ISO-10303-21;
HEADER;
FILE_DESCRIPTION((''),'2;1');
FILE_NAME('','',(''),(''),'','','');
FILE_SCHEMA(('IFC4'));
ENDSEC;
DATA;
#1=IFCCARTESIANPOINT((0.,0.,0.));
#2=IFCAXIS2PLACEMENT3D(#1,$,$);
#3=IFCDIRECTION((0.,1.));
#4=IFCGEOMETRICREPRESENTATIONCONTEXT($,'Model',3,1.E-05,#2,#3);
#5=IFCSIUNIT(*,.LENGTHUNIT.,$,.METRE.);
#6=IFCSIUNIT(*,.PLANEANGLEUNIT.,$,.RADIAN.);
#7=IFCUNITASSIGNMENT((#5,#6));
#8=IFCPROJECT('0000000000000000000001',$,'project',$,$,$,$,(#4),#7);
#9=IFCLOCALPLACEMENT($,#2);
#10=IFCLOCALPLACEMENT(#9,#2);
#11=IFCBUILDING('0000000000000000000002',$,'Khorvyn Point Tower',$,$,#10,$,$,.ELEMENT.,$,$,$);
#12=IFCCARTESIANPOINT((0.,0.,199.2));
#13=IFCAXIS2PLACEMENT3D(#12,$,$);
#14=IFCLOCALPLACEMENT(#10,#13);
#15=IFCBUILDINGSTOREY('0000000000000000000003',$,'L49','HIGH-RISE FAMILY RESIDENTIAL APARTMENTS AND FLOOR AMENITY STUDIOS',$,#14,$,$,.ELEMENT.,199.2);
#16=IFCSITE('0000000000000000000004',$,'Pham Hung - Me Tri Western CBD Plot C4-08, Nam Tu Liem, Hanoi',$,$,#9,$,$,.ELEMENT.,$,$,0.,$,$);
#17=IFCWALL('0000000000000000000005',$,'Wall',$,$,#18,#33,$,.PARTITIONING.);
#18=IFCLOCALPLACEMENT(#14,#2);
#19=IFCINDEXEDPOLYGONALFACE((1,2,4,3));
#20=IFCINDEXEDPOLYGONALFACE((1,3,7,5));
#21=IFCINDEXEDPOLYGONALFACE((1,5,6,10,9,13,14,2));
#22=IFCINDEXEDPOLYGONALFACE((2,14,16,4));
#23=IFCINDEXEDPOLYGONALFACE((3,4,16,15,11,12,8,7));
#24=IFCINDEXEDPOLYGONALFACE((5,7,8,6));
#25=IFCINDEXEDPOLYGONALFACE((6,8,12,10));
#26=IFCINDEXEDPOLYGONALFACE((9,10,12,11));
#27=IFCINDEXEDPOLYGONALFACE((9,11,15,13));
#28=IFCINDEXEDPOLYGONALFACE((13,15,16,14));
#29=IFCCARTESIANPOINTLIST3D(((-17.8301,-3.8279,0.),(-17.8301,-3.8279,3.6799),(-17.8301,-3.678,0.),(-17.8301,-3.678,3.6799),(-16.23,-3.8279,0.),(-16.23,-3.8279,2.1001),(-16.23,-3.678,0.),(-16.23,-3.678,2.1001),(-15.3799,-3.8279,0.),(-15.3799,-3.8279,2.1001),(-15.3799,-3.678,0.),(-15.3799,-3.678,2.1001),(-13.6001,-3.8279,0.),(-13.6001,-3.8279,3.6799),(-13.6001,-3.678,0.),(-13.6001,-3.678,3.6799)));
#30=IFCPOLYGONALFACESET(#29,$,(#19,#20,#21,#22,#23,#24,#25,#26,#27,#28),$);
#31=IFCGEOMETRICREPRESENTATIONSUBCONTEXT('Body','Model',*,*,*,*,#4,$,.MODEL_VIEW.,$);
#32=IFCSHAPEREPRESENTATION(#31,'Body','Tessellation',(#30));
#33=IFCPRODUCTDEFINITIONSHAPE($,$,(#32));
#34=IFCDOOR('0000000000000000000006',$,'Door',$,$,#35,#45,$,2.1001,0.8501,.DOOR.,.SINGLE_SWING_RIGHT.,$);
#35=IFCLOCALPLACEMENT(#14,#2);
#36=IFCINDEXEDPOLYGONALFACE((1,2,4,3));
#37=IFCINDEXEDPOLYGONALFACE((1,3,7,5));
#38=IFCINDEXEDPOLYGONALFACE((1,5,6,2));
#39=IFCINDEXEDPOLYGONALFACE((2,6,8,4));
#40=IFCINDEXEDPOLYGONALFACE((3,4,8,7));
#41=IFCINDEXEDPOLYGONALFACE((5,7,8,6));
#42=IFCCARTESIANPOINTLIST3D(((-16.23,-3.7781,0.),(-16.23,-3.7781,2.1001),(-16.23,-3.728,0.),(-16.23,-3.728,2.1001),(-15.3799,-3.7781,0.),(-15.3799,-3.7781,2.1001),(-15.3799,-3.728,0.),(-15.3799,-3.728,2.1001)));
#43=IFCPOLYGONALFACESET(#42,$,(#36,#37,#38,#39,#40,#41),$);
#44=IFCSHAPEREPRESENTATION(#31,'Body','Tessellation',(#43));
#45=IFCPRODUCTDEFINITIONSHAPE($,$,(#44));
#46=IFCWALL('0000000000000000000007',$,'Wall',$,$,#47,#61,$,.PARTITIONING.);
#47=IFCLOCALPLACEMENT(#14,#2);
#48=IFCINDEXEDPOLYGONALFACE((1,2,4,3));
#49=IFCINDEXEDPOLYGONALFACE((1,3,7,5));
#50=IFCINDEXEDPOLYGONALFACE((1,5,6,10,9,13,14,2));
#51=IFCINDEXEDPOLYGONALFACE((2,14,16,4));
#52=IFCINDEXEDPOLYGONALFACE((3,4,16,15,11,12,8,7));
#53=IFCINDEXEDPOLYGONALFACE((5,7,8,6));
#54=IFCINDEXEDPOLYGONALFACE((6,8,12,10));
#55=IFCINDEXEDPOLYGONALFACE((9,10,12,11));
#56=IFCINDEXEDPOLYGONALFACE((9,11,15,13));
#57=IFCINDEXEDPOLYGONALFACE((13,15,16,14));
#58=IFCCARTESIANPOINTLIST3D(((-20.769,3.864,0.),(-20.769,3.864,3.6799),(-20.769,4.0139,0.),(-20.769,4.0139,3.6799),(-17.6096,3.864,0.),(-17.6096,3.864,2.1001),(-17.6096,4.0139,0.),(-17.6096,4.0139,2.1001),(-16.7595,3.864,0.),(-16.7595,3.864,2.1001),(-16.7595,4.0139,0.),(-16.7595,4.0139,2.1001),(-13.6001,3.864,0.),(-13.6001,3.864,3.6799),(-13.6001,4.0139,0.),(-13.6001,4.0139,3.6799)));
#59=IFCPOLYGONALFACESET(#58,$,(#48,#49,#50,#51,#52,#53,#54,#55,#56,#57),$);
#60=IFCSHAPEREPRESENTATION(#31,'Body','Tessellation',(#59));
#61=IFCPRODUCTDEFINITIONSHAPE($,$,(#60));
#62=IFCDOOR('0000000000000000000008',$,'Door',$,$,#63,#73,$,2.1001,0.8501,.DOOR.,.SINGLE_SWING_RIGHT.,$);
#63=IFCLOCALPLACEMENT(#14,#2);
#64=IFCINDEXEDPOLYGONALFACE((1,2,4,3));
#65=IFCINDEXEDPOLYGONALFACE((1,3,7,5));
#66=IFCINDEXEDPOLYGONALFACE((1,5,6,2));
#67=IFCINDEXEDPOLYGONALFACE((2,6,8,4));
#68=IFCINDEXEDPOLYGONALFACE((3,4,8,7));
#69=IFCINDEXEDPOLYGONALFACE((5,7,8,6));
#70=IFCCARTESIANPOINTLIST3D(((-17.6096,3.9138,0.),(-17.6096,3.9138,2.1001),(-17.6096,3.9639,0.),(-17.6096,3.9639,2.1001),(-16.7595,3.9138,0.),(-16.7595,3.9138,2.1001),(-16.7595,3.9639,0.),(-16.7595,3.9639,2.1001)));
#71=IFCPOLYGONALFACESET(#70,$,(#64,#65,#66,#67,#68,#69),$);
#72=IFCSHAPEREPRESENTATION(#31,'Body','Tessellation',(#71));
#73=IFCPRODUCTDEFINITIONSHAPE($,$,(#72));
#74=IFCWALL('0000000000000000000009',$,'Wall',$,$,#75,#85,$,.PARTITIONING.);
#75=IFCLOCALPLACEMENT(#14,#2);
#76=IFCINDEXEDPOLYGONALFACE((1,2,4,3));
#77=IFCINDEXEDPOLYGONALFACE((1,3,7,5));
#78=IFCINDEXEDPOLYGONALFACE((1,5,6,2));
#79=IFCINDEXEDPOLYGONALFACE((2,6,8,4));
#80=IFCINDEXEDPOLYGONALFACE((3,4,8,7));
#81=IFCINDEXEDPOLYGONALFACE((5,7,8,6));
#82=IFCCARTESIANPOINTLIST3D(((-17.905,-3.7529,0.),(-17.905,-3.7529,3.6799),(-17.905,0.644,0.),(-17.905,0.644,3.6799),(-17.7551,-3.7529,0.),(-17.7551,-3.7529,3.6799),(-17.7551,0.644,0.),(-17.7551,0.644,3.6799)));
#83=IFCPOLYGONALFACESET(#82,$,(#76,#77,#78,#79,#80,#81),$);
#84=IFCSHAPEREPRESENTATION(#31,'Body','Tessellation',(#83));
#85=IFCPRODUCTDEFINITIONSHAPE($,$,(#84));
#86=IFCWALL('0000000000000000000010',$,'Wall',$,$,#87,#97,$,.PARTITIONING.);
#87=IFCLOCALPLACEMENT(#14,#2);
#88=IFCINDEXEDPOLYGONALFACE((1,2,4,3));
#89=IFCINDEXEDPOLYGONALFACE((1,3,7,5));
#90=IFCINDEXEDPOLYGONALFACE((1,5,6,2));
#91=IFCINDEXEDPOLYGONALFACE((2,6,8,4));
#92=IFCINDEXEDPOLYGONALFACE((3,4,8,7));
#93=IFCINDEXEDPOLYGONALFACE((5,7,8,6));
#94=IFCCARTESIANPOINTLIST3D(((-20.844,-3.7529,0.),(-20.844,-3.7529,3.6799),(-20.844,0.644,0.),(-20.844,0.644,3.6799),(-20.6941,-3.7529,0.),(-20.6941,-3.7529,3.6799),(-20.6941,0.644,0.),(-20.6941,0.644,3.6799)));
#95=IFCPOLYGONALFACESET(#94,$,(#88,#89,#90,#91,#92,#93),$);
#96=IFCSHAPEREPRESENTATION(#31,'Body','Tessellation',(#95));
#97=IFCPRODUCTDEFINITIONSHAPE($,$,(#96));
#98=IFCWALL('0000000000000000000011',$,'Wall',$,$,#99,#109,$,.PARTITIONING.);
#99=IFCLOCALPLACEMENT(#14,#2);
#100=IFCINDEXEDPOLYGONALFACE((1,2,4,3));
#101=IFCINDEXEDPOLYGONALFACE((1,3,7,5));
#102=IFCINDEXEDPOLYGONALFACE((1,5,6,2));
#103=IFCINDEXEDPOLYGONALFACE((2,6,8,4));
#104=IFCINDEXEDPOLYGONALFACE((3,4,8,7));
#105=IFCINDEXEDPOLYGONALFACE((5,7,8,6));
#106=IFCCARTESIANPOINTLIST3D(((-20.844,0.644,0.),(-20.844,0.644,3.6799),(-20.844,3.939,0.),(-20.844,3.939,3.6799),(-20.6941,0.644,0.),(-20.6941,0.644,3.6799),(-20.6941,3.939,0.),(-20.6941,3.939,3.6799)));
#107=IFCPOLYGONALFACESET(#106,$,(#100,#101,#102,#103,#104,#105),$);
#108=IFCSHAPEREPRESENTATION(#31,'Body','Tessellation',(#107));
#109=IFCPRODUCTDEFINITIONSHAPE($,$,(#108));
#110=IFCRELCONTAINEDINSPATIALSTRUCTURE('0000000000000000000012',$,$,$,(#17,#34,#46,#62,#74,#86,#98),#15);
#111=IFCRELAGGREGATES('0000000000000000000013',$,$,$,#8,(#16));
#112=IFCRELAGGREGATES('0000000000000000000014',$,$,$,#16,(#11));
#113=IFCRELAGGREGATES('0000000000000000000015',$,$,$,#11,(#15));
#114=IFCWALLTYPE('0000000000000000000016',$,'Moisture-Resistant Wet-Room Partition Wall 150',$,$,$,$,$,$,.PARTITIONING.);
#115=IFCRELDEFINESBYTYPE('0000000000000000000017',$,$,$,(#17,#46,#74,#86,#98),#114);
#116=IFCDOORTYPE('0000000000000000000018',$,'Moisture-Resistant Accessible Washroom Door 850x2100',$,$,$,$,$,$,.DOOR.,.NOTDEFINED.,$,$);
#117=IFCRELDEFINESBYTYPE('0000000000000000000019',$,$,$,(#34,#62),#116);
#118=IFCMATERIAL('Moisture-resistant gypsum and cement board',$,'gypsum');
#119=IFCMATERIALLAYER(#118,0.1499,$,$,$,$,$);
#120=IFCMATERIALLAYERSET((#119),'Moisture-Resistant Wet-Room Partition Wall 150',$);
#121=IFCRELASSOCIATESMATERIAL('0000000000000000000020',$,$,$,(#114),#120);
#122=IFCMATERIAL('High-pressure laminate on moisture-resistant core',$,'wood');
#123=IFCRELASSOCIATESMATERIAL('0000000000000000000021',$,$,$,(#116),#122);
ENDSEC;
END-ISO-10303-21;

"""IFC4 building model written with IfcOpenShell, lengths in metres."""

from ifc_helpers import new_model, si_unit, direction, frame, frame_2d, origin, place, context, subcontext, project, spatial, rectangle, extrude, material, layer, layer_set, type_object, element, fill, save


model = new_model("IFC4")

# Units and contexts
model_context = context("Model", 3, precision=1e-05, world=origin(), true_north=direction((0.0, 1.0)))
body_context = subcontext(model_context, "Body", "Model", "MODEL_VIEW")
ifc_project = project(units=[si_unit("LENGTHUNIT", "METRE"), si_unit("PLANEANGLEUNIT", "RADIAN")], contexts=[model_context])

# Site, building, storey
site_placement = place(None, origin())
site = spatial("IfcSite", under=ifc_project, at=site_placement, Name="Pham Hung - Me Tri Western CBD Plot C4-08, Nam Tu Liem, Hanoi", CompositionType="ELEMENT", RefElevation=0.0)
building_placement = place(site_placement, origin())
building = spatial("IfcBuilding", under=site, at=building_placement, Name="Khorvyn Point Tower", CompositionType="ELEMENT")
storey_placement = place(building_placement, frame((0.0, 0.0, 199.2)))
storey = spatial("IfcBuildingStorey", under=building, at=storey_placement, Name="L49", Description="HIGH-RISE FAMILY RESIDENTIAL APARTMENTS AND FLOOR AMENITY STUDIOS", CompositionType="ELEMENT", Elevation=199.2)

# Walls, openings, doors
ifc_material_1 = material(Name="Moisture-resistant gypsum and cement board", Category="gypsum")
ifc_layer_1 = layer(ifc_material_1, 0.1499)
ifc_layer_set_1 = layer_set([ifc_layer_1], Name="Moisture-Resistant Wet-Room Partition Wall 150")
wall_type_1 = type_object("IfcWallType", Name="Moisture-Resistant Wet-Room Partition Wall 150", PredefinedType="PARTITIONING", material=ifc_layer_set_1)
ifc_material_2 = material(Name="High-pressure laminate on moisture-resistant core", Category="wood")
door_type_1 = type_object("IfcDoorType", Name="Moisture-Resistant Accessible Washroom Door 850x2100", OperationType="NOTDEFINED", PredefinedType="DOOR", material=ifc_material_2)
wall_1_placement = place(storey_placement, frame((-17.8301, -3.7529, 0.0), z_axis=(0.0, 0.0, 1.0), x_axis=(1.0, 0.0, 0.0)))
wall_1 = element("IfcWall", 1, at=wall_1_placement, inside=storey, type_object=wall_type_1, Name="Wall", PredefinedType="PARTITIONING", context=body_context, shape_type="SweptSolid", body=[
    extrude(rectangle(XDim=4.23, YDim=0.1499, at=frame_2d((2.115, 0.0))), origin(), (0.0, 0.0, 1.0), 3.6799),
])
opening_1_placement = place(wall_1_placement, frame((1.6001, 0.0, 0.0)))
opening_1 = element("IfcOpeningElement", 2, at=opening_1_placement, cuts=wall_1, PredefinedType="OPENING", context=body_context, shape_type="SweptSolid", body=[
    extrude(rectangle(XDim=0.8501, YDim=2.1001, at=frame_2d((0.425, 1.05))), frame((0.0, 0.085, 0.0), z_axis=(0.0, -1.0, 0.0), x_axis=(1.0, 0.0, 0.0)), (0.0, 0.0, 1.0), 0.1699),
])
door_1_placement = place(opening_1_placement, origin())
door_1 = element("IfcDoor", 3, at=door_1_placement, inside=storey, type_object=door_type_1, Name="Door", OperationType="SINGLE_SWING_RIGHT", OverallHeight=2.1001, OverallWidth=0.8501, PredefinedType="DOOR", context=body_context, shape_type="SweptSolid", body=[
    extrude(rectangle(XDim=0.8501, YDim=2.1001, at=frame_2d((0.425, 1.05))), frame((0.0, 0.0249, 0.0), z_axis=(0.0, -1.0, 0.0), x_axis=(1.0, 0.0, 0.0)), (0.0, 0.0, 1.0), 0.05),
])
fill(opening_1, door_1)
wall_2_placement = place(storey_placement, frame((-20.769, 3.939, 0.0), z_axis=(0.0, 0.0, 1.0), x_axis=(1.0, 0.0, 0.0)))
wall_2 = element("IfcWall", 4, at=wall_2_placement, inside=storey, type_object=wall_type_1, Name="Wall", PredefinedType="PARTITIONING", context=body_context, shape_type="SweptSolid", body=[
    extrude(rectangle(XDim=7.1689, YDim=0.1499, at=frame_2d((3.5845, 0.0))), origin(), (0.0, 0.0, 1.0), 3.6799),
])
opening_2_placement = place(wall_2_placement, frame((3.1594, 0.0, 0.0)))
opening_2 = element("IfcOpeningElement", 5, at=opening_2_placement, cuts=wall_2, PredefinedType="OPENING", context=body_context, shape_type="SweptSolid", body=[
    extrude(rectangle(XDim=0.8501, YDim=2.1001, at=frame_2d((0.425, 1.05))), frame((0.0, 0.085, 0.0), z_axis=(0.0, -1.0, 0.0), x_axis=(1.0, 0.0, 0.0)), (0.0, 0.0, 1.0), 0.1699),
])
door_2_placement = place(opening_2_placement, origin())
door_2 = element("IfcDoor", 6, at=door_2_placement, inside=storey, type_object=door_type_1, Name="Door", OperationType="SINGLE_SWING_RIGHT", OverallHeight=2.1001, OverallWidth=0.8501, PredefinedType="DOOR", context=body_context, shape_type="SweptSolid", body=[
    extrude(rectangle(XDim=0.8501, YDim=2.1001, at=frame_2d((0.425, 1.05))), frame((0.0, 0.0249, 0.0), z_axis=(0.0, -1.0, 0.0), x_axis=(1.0, 0.0, 0.0)), (0.0, 0.0, 1.0), 0.05),
])
fill(opening_2, door_2)

# Walls
for number, where, z_axis, x_axis, name in (
    (7, (-17.8301, -3.7529, 0.0), (0.0, 0.0, 1.0), (0.0, 1.0, 0.0), "Wall"),
    (8, (-20.769, -3.7529, 0.0), (0.0, 0.0, 1.0), (0.0, 1.0, 0.0), "Wall"),
):
    element("IfcWall", number, at=place(storey_placement, frame(where, z_axis=z_axis, x_axis=x_axis)), inside=storey, type_object=wall_type_1, Name=name, PredefinedType="PARTITIONING", context=body_context, shape_type="SweptSolid", body=[
        extrude(rectangle(XDim=4.397, YDim=0.1499, at=frame_2d((2.1985, 0.0))), origin(), (0.0, 0.0, 1.0), 3.6799),
    ])
wall_3_placement = place(storey_placement, frame((-20.769, 0.644, 0.0), z_axis=(0.0, 0.0, 1.0), x_axis=(0.0, 1.0, 0.0)))
element("IfcWall", 9, at=wall_3_placement, inside=storey, type_object=wall_type_1, Name="Wall", PredefinedType="PARTITIONING", context=body_context, shape_type="SweptSolid", body=[
    extrude(rectangle(XDim=3.2949, YDim=0.1499, at=frame_2d((1.6475, 0.0))), origin(), (0.0, 0.0, 1.0), 3.6799),
])

save(model, "model.ifc")
